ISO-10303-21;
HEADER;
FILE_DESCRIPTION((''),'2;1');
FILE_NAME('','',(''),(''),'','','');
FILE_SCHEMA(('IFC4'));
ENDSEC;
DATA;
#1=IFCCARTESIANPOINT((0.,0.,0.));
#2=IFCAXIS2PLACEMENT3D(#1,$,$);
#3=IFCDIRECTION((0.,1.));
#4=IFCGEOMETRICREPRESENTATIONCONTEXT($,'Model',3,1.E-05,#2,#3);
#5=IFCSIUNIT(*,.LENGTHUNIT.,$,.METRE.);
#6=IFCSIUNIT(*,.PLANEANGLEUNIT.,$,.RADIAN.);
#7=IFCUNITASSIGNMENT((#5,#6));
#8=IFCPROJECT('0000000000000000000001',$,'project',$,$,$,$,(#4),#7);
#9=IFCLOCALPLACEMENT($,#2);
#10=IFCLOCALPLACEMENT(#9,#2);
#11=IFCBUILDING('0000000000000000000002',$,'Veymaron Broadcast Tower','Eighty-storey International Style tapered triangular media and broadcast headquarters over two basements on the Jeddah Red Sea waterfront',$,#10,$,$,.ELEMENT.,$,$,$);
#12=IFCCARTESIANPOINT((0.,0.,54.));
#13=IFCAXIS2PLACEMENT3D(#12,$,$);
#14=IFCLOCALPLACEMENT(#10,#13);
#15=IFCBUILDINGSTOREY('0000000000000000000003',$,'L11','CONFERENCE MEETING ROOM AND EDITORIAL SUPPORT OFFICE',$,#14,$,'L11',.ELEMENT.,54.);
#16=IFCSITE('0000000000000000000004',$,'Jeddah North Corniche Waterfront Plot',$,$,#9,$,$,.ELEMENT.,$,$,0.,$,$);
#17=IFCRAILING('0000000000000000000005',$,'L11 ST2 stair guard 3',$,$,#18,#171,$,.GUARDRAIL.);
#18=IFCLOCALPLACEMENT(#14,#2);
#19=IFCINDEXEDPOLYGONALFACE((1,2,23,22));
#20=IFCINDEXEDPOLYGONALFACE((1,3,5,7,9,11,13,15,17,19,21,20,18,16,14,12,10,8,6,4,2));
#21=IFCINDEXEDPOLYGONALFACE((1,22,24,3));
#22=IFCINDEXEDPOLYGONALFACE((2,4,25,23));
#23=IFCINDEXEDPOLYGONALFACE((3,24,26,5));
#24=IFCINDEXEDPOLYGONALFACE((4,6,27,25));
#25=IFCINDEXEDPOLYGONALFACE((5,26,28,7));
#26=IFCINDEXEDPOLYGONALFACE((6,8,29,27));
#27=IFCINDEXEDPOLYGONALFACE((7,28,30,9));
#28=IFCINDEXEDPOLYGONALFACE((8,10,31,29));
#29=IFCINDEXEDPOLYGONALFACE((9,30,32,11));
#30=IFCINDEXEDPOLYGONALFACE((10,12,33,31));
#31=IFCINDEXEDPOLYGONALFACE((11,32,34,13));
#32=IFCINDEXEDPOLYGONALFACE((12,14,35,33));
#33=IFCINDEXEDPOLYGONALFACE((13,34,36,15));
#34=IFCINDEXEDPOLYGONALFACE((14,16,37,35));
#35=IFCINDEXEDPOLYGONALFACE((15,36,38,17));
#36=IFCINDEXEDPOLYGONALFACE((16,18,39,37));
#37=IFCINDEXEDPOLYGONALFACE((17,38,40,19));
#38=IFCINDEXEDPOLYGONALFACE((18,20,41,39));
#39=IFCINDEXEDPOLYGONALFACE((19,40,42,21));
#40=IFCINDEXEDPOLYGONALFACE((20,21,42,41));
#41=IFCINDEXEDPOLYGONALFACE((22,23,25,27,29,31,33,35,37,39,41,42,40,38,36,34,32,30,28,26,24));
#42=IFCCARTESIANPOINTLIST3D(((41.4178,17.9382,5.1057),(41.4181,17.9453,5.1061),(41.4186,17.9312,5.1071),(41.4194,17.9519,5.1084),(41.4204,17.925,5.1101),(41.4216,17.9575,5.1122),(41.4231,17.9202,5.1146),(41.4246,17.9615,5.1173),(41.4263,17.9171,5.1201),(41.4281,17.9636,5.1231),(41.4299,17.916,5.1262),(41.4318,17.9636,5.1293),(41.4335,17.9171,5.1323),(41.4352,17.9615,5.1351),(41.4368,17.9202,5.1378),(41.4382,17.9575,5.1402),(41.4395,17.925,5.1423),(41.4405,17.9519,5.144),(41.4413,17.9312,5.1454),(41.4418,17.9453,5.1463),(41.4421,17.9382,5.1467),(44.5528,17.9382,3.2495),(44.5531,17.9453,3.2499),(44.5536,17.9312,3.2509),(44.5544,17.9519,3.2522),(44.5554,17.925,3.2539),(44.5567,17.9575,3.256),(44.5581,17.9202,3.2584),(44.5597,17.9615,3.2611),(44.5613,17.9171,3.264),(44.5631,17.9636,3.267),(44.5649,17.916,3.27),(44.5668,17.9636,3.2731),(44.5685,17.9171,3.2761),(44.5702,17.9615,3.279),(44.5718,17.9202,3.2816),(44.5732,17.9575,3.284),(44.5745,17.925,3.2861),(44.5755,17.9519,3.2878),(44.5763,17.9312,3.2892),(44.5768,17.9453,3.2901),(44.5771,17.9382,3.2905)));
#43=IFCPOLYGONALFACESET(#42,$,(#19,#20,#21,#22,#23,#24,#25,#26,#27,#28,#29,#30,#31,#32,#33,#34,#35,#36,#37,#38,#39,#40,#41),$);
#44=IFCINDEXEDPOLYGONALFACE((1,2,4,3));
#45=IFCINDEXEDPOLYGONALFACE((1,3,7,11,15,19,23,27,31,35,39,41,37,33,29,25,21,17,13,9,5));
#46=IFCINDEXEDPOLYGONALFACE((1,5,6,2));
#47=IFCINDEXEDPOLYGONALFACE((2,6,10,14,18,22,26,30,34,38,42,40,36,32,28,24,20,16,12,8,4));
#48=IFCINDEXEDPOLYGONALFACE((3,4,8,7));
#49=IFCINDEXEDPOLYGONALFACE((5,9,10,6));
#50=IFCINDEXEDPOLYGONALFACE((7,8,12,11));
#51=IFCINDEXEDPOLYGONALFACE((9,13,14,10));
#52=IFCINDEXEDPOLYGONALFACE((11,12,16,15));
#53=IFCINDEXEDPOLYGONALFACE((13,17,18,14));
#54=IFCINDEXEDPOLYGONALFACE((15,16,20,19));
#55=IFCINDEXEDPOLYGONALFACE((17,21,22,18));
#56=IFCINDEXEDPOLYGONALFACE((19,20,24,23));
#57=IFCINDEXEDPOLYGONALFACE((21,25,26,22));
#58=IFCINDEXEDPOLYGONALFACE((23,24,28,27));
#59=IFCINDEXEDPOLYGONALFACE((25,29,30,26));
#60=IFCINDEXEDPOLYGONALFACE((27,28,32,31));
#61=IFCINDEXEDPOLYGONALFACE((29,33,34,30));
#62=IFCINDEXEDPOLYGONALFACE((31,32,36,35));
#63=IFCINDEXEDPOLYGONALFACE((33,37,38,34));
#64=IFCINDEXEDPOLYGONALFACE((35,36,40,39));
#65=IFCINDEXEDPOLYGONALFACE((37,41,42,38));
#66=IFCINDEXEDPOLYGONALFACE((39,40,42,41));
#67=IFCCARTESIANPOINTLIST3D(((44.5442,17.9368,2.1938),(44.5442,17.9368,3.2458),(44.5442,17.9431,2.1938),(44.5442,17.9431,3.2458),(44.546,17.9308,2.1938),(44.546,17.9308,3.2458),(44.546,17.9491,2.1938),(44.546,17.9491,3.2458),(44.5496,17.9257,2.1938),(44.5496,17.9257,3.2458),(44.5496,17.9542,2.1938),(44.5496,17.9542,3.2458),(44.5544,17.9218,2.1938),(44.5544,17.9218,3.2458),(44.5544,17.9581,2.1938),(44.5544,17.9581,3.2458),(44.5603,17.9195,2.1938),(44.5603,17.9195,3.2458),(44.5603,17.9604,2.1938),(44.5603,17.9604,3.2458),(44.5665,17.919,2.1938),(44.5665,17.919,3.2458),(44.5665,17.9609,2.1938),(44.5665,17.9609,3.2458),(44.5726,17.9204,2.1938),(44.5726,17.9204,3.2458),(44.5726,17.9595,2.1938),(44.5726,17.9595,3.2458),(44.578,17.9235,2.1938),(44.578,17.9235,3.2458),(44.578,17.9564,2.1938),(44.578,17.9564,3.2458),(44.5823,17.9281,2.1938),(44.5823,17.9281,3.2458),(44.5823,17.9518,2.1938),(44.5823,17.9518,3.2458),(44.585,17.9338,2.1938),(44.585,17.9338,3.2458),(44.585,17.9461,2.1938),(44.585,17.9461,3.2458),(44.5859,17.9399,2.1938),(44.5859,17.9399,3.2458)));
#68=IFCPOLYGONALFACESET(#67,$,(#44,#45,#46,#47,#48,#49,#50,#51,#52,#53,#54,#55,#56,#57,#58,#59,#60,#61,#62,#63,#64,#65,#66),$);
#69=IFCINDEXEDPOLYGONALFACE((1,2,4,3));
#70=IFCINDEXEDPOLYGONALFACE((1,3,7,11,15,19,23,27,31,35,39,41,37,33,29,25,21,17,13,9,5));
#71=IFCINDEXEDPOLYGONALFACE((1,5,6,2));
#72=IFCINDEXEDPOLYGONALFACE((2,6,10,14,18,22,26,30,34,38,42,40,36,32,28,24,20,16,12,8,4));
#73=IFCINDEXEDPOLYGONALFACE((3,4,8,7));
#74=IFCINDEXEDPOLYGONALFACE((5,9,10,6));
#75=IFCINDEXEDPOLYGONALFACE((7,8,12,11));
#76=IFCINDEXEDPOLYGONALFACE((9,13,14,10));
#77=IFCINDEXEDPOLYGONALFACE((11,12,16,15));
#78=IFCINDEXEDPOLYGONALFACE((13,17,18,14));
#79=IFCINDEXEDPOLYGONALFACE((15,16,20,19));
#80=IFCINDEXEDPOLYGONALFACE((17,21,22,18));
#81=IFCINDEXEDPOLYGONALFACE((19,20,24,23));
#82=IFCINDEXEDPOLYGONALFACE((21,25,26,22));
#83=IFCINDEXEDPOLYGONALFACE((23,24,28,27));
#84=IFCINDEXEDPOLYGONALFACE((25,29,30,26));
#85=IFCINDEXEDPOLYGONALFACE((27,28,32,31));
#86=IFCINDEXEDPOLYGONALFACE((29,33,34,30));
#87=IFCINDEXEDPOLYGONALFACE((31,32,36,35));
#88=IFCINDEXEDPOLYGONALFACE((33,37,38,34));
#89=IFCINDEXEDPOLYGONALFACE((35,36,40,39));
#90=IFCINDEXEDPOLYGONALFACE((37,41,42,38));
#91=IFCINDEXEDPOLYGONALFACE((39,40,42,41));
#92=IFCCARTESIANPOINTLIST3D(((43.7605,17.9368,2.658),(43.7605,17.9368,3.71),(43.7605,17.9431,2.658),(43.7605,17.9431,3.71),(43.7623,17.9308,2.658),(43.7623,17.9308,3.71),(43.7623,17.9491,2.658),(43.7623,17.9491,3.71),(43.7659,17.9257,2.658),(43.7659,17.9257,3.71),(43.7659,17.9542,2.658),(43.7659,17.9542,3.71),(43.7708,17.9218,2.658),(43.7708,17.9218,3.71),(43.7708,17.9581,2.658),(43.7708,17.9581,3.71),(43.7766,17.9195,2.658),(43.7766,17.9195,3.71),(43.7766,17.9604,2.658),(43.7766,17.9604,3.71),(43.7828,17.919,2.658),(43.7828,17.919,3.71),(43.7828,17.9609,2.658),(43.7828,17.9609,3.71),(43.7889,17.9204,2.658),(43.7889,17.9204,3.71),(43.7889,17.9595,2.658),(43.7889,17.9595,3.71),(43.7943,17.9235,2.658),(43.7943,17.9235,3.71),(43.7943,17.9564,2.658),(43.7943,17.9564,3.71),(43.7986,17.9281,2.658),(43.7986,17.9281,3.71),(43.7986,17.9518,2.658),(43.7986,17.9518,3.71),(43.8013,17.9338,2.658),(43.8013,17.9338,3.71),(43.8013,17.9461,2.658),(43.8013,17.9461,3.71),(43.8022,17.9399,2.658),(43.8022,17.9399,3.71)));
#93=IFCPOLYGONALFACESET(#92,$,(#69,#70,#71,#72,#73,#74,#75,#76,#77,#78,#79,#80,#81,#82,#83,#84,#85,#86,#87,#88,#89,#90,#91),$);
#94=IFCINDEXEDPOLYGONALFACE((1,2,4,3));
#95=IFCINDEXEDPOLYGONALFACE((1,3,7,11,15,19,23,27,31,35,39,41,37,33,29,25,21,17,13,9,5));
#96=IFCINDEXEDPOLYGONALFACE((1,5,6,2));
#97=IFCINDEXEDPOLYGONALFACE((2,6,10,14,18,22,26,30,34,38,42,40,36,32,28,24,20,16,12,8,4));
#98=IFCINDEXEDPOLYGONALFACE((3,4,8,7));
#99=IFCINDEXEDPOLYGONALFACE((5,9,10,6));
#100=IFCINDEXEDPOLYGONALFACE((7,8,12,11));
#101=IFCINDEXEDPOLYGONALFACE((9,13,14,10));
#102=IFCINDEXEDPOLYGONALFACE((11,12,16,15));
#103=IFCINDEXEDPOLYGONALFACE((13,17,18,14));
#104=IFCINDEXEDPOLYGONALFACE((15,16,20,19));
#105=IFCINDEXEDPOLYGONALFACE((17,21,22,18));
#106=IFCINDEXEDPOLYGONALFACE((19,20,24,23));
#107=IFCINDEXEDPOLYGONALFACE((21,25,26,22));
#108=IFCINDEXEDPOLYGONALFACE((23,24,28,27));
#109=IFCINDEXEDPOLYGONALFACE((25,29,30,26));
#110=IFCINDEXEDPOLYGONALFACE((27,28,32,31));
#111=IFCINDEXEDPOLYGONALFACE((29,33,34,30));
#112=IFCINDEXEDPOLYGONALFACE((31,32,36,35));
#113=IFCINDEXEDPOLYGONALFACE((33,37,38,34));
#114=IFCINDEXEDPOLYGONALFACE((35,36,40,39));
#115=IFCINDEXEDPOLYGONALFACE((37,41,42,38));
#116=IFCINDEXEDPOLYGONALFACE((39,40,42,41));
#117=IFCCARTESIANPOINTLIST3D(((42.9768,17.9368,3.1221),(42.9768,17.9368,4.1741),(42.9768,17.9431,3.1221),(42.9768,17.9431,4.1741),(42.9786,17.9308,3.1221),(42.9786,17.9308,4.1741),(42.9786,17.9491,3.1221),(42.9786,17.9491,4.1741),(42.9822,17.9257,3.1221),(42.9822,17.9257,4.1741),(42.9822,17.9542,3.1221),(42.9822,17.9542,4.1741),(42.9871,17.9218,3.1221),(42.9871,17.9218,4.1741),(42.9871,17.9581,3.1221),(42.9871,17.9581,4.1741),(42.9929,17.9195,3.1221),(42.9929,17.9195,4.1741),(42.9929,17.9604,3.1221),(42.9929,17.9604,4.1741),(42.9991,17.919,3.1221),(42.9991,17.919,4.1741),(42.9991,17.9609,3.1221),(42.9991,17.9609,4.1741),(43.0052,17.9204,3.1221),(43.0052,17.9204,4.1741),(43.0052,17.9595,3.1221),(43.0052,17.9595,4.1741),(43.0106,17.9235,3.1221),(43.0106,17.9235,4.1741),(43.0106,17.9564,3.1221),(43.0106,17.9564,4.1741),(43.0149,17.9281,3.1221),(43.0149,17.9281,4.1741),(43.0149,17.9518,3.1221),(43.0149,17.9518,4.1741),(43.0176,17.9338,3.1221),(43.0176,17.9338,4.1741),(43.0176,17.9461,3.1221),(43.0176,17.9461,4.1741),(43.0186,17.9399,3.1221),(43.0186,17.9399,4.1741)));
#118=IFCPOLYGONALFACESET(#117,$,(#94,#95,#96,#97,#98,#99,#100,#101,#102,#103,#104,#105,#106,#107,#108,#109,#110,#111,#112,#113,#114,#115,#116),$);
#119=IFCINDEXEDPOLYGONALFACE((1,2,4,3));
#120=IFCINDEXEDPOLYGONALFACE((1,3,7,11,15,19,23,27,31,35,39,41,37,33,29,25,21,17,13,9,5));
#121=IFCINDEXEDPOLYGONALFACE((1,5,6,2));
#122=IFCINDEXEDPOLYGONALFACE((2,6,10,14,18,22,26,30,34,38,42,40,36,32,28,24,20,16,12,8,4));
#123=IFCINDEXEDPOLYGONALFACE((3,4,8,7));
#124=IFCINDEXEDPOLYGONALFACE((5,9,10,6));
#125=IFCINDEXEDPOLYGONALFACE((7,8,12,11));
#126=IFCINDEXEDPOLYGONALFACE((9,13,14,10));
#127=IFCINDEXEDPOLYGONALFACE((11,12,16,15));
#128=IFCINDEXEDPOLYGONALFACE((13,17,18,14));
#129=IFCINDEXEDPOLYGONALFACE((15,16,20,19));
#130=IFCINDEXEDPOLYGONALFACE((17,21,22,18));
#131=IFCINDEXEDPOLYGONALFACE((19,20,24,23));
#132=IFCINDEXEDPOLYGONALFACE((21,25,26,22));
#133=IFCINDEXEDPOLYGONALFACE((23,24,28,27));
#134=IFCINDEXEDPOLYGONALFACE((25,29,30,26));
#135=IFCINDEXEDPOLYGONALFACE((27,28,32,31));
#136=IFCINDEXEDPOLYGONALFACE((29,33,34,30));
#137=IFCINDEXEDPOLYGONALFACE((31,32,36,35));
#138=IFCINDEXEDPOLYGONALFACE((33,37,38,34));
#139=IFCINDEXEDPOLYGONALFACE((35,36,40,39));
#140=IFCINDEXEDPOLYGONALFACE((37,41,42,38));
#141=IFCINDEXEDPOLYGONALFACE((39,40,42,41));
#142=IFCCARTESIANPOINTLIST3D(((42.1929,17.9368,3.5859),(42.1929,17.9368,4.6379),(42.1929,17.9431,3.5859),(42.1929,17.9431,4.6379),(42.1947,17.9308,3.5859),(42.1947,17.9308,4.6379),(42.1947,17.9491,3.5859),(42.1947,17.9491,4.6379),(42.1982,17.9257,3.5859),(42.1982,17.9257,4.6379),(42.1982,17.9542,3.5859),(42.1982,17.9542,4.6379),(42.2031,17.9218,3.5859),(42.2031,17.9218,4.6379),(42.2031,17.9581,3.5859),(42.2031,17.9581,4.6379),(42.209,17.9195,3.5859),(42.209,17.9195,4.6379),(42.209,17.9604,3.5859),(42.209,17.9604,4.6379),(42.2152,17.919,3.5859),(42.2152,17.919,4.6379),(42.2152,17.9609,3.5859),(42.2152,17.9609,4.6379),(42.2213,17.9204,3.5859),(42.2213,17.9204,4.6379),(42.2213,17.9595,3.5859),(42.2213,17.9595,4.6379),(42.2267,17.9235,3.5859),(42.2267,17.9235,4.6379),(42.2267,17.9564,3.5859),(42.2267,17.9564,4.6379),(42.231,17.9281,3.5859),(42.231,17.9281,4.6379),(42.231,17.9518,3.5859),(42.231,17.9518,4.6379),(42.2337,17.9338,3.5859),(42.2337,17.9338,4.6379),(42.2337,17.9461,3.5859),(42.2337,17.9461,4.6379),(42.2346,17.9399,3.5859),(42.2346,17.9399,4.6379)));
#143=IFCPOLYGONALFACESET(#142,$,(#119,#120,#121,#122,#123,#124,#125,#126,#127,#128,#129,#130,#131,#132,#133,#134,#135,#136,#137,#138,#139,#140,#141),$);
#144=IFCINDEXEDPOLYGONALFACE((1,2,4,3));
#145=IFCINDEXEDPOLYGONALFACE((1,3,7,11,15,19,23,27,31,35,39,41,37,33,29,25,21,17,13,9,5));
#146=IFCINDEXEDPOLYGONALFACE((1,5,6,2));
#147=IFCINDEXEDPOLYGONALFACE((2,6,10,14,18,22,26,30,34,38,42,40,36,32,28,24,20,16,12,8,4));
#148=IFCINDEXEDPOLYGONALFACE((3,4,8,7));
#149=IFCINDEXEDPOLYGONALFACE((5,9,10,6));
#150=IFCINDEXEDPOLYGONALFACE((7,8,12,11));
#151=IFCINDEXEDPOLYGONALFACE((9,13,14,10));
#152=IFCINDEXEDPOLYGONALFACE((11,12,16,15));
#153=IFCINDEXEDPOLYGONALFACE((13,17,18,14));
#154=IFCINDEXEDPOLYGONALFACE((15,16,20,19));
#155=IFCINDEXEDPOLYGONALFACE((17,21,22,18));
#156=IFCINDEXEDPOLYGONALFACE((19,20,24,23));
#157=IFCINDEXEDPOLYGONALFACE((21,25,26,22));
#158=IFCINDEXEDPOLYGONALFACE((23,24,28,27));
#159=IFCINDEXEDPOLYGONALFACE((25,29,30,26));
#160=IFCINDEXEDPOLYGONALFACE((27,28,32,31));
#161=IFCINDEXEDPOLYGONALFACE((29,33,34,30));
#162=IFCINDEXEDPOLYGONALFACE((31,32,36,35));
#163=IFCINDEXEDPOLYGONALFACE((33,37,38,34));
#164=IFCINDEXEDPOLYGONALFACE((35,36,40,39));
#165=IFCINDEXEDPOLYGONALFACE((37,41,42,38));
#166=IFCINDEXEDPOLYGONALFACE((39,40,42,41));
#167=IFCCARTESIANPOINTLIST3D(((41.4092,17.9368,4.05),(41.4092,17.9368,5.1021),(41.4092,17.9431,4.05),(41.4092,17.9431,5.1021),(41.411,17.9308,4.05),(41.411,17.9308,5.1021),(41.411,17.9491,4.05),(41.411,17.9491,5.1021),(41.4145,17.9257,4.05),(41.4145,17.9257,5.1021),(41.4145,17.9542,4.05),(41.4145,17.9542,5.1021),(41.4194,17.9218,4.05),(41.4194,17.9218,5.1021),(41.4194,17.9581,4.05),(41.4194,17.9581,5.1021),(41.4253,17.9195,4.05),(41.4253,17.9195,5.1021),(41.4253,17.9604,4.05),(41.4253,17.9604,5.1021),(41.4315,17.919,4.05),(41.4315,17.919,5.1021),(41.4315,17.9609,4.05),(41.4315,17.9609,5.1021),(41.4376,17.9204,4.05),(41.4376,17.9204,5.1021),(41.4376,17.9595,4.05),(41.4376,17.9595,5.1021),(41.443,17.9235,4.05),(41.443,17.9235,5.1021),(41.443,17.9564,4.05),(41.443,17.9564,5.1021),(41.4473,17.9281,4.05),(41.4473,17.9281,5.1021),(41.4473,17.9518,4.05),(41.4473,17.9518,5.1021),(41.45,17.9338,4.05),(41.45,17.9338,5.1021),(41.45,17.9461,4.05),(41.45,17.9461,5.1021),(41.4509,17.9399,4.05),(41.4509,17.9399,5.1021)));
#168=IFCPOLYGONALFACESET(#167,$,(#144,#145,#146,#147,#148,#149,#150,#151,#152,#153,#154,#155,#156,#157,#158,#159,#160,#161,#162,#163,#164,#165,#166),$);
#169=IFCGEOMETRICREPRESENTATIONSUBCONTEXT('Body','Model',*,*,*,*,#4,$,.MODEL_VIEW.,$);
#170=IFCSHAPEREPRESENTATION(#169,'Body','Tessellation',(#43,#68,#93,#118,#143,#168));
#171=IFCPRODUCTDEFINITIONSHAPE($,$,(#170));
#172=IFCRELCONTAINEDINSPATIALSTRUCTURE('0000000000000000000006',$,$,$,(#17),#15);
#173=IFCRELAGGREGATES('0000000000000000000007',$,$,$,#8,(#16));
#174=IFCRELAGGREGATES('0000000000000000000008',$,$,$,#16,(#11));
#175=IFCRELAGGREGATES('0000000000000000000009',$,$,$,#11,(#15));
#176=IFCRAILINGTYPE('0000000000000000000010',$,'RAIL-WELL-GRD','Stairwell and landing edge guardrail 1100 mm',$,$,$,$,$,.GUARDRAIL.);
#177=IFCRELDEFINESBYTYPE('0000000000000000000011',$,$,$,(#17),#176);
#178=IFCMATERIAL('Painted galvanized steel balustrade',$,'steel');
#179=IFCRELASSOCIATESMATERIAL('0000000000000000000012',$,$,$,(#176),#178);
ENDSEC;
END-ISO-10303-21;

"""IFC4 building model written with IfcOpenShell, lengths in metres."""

from ifc_helpers import new_model, si_unit, direction, frame, origin, origin_2d, place, context, subcontext, project, spatial, circle, extrude, material, type_object, element, save


model = new_model("IFC4")

# Units and contexts
model_context = context("Model", 3, precision=1e-05, world=origin(), true_north=direction((0.0, 1.0)))
body_context = subcontext(model_context, "Body", "Model", "MODEL_VIEW")
ifc_project = project(units=[si_unit("LENGTHUNIT", "METRE"), si_unit("PLANEANGLEUNIT", "RADIAN")], contexts=[model_context])

# Site, building, storey
site_placement = place(None, origin())
site = spatial("IfcSite", under=ifc_project, at=site_placement, Name="Jeddah North Corniche Waterfront Plot", CompositionType="ELEMENT", RefElevation=0.0)
building_placement = place(site_placement, origin())
building = spatial("IfcBuilding", under=site, at=building_placement, Name="Veymaron Broadcast Tower", Description="Eighty-storey International Style tapered triangular media and broadcast headquarters over two basements on the Jeddah Red Sea waterfront", CompositionType="ELEMENT")
storey_placement = place(building_placement, frame((0.0, 0.0, 54.0)))
storey = spatial("IfcBuildingStorey", under=building, at=storey_placement, Name="L11", Description="CONFERENCE MEETING ROOM AND EDITORIAL SUPPORT OFFICE", LongName="L11", CompositionType="ELEMENT", Elevation=54.0)

# Railing
ifc_material_1 = material(Name="Painted galvanized steel balustrade", Category="steel")
railing_type_1 = type_object("IfcRailingType", Name="RAIL-WELL-GRD", Description="Stairwell and landing edge guardrail 1100 mm", PredefinedType="GUARDRAIL", material=ifc_material_1)
railing_1_placement = place(storey_placement, frame((44.5649, 17.9399, 2.1938)))
element("IfcRailing", 1, at=railing_1_placement, inside=storey, type_object=railing_type_1, Name="L11 ST2 stair guard 3", PredefinedType="GUARDRAIL", context=body_context, shape_type="SweptSolid", body=[
    extrude(circle(Radius=0.0239, at=origin_2d()), frame((0.0, 0.0, 1.0762), z_axis=(-0.860482, 0.0, 0.509481), x_axis=(0.0, -1.0, 0.0)), (0.0, 0.0, 1.0), 3.6433),
    extrude(circle(Radius=0.021, at=origin_2d()), origin(), (0.0, 0.0, 1.0), 1.052),
    extrude(circle(Radius=0.021, at=origin_2d()), frame((-0.7837, 0.0, 0.4641)), (0.0, 0.0, 1.0), 1.052),
    extrude(circle(Radius=0.021, at=origin_2d()), frame((-1.5674, 0.0, 0.9282)), (0.0, 0.0, 1.0), 1.052),
    extrude(circle(Radius=0.021, at=origin_2d()), frame((-2.3513, 0.0, 1.3921)), (0.0, 0.0, 1.0), 1.052),
    extrude(circle(Radius=0.021, at=origin_2d()), frame((-3.135, 0.0, 1.8562)), (0.0, 0.0, 1.0), 1.052),
])

save(model, "model.ifc")
